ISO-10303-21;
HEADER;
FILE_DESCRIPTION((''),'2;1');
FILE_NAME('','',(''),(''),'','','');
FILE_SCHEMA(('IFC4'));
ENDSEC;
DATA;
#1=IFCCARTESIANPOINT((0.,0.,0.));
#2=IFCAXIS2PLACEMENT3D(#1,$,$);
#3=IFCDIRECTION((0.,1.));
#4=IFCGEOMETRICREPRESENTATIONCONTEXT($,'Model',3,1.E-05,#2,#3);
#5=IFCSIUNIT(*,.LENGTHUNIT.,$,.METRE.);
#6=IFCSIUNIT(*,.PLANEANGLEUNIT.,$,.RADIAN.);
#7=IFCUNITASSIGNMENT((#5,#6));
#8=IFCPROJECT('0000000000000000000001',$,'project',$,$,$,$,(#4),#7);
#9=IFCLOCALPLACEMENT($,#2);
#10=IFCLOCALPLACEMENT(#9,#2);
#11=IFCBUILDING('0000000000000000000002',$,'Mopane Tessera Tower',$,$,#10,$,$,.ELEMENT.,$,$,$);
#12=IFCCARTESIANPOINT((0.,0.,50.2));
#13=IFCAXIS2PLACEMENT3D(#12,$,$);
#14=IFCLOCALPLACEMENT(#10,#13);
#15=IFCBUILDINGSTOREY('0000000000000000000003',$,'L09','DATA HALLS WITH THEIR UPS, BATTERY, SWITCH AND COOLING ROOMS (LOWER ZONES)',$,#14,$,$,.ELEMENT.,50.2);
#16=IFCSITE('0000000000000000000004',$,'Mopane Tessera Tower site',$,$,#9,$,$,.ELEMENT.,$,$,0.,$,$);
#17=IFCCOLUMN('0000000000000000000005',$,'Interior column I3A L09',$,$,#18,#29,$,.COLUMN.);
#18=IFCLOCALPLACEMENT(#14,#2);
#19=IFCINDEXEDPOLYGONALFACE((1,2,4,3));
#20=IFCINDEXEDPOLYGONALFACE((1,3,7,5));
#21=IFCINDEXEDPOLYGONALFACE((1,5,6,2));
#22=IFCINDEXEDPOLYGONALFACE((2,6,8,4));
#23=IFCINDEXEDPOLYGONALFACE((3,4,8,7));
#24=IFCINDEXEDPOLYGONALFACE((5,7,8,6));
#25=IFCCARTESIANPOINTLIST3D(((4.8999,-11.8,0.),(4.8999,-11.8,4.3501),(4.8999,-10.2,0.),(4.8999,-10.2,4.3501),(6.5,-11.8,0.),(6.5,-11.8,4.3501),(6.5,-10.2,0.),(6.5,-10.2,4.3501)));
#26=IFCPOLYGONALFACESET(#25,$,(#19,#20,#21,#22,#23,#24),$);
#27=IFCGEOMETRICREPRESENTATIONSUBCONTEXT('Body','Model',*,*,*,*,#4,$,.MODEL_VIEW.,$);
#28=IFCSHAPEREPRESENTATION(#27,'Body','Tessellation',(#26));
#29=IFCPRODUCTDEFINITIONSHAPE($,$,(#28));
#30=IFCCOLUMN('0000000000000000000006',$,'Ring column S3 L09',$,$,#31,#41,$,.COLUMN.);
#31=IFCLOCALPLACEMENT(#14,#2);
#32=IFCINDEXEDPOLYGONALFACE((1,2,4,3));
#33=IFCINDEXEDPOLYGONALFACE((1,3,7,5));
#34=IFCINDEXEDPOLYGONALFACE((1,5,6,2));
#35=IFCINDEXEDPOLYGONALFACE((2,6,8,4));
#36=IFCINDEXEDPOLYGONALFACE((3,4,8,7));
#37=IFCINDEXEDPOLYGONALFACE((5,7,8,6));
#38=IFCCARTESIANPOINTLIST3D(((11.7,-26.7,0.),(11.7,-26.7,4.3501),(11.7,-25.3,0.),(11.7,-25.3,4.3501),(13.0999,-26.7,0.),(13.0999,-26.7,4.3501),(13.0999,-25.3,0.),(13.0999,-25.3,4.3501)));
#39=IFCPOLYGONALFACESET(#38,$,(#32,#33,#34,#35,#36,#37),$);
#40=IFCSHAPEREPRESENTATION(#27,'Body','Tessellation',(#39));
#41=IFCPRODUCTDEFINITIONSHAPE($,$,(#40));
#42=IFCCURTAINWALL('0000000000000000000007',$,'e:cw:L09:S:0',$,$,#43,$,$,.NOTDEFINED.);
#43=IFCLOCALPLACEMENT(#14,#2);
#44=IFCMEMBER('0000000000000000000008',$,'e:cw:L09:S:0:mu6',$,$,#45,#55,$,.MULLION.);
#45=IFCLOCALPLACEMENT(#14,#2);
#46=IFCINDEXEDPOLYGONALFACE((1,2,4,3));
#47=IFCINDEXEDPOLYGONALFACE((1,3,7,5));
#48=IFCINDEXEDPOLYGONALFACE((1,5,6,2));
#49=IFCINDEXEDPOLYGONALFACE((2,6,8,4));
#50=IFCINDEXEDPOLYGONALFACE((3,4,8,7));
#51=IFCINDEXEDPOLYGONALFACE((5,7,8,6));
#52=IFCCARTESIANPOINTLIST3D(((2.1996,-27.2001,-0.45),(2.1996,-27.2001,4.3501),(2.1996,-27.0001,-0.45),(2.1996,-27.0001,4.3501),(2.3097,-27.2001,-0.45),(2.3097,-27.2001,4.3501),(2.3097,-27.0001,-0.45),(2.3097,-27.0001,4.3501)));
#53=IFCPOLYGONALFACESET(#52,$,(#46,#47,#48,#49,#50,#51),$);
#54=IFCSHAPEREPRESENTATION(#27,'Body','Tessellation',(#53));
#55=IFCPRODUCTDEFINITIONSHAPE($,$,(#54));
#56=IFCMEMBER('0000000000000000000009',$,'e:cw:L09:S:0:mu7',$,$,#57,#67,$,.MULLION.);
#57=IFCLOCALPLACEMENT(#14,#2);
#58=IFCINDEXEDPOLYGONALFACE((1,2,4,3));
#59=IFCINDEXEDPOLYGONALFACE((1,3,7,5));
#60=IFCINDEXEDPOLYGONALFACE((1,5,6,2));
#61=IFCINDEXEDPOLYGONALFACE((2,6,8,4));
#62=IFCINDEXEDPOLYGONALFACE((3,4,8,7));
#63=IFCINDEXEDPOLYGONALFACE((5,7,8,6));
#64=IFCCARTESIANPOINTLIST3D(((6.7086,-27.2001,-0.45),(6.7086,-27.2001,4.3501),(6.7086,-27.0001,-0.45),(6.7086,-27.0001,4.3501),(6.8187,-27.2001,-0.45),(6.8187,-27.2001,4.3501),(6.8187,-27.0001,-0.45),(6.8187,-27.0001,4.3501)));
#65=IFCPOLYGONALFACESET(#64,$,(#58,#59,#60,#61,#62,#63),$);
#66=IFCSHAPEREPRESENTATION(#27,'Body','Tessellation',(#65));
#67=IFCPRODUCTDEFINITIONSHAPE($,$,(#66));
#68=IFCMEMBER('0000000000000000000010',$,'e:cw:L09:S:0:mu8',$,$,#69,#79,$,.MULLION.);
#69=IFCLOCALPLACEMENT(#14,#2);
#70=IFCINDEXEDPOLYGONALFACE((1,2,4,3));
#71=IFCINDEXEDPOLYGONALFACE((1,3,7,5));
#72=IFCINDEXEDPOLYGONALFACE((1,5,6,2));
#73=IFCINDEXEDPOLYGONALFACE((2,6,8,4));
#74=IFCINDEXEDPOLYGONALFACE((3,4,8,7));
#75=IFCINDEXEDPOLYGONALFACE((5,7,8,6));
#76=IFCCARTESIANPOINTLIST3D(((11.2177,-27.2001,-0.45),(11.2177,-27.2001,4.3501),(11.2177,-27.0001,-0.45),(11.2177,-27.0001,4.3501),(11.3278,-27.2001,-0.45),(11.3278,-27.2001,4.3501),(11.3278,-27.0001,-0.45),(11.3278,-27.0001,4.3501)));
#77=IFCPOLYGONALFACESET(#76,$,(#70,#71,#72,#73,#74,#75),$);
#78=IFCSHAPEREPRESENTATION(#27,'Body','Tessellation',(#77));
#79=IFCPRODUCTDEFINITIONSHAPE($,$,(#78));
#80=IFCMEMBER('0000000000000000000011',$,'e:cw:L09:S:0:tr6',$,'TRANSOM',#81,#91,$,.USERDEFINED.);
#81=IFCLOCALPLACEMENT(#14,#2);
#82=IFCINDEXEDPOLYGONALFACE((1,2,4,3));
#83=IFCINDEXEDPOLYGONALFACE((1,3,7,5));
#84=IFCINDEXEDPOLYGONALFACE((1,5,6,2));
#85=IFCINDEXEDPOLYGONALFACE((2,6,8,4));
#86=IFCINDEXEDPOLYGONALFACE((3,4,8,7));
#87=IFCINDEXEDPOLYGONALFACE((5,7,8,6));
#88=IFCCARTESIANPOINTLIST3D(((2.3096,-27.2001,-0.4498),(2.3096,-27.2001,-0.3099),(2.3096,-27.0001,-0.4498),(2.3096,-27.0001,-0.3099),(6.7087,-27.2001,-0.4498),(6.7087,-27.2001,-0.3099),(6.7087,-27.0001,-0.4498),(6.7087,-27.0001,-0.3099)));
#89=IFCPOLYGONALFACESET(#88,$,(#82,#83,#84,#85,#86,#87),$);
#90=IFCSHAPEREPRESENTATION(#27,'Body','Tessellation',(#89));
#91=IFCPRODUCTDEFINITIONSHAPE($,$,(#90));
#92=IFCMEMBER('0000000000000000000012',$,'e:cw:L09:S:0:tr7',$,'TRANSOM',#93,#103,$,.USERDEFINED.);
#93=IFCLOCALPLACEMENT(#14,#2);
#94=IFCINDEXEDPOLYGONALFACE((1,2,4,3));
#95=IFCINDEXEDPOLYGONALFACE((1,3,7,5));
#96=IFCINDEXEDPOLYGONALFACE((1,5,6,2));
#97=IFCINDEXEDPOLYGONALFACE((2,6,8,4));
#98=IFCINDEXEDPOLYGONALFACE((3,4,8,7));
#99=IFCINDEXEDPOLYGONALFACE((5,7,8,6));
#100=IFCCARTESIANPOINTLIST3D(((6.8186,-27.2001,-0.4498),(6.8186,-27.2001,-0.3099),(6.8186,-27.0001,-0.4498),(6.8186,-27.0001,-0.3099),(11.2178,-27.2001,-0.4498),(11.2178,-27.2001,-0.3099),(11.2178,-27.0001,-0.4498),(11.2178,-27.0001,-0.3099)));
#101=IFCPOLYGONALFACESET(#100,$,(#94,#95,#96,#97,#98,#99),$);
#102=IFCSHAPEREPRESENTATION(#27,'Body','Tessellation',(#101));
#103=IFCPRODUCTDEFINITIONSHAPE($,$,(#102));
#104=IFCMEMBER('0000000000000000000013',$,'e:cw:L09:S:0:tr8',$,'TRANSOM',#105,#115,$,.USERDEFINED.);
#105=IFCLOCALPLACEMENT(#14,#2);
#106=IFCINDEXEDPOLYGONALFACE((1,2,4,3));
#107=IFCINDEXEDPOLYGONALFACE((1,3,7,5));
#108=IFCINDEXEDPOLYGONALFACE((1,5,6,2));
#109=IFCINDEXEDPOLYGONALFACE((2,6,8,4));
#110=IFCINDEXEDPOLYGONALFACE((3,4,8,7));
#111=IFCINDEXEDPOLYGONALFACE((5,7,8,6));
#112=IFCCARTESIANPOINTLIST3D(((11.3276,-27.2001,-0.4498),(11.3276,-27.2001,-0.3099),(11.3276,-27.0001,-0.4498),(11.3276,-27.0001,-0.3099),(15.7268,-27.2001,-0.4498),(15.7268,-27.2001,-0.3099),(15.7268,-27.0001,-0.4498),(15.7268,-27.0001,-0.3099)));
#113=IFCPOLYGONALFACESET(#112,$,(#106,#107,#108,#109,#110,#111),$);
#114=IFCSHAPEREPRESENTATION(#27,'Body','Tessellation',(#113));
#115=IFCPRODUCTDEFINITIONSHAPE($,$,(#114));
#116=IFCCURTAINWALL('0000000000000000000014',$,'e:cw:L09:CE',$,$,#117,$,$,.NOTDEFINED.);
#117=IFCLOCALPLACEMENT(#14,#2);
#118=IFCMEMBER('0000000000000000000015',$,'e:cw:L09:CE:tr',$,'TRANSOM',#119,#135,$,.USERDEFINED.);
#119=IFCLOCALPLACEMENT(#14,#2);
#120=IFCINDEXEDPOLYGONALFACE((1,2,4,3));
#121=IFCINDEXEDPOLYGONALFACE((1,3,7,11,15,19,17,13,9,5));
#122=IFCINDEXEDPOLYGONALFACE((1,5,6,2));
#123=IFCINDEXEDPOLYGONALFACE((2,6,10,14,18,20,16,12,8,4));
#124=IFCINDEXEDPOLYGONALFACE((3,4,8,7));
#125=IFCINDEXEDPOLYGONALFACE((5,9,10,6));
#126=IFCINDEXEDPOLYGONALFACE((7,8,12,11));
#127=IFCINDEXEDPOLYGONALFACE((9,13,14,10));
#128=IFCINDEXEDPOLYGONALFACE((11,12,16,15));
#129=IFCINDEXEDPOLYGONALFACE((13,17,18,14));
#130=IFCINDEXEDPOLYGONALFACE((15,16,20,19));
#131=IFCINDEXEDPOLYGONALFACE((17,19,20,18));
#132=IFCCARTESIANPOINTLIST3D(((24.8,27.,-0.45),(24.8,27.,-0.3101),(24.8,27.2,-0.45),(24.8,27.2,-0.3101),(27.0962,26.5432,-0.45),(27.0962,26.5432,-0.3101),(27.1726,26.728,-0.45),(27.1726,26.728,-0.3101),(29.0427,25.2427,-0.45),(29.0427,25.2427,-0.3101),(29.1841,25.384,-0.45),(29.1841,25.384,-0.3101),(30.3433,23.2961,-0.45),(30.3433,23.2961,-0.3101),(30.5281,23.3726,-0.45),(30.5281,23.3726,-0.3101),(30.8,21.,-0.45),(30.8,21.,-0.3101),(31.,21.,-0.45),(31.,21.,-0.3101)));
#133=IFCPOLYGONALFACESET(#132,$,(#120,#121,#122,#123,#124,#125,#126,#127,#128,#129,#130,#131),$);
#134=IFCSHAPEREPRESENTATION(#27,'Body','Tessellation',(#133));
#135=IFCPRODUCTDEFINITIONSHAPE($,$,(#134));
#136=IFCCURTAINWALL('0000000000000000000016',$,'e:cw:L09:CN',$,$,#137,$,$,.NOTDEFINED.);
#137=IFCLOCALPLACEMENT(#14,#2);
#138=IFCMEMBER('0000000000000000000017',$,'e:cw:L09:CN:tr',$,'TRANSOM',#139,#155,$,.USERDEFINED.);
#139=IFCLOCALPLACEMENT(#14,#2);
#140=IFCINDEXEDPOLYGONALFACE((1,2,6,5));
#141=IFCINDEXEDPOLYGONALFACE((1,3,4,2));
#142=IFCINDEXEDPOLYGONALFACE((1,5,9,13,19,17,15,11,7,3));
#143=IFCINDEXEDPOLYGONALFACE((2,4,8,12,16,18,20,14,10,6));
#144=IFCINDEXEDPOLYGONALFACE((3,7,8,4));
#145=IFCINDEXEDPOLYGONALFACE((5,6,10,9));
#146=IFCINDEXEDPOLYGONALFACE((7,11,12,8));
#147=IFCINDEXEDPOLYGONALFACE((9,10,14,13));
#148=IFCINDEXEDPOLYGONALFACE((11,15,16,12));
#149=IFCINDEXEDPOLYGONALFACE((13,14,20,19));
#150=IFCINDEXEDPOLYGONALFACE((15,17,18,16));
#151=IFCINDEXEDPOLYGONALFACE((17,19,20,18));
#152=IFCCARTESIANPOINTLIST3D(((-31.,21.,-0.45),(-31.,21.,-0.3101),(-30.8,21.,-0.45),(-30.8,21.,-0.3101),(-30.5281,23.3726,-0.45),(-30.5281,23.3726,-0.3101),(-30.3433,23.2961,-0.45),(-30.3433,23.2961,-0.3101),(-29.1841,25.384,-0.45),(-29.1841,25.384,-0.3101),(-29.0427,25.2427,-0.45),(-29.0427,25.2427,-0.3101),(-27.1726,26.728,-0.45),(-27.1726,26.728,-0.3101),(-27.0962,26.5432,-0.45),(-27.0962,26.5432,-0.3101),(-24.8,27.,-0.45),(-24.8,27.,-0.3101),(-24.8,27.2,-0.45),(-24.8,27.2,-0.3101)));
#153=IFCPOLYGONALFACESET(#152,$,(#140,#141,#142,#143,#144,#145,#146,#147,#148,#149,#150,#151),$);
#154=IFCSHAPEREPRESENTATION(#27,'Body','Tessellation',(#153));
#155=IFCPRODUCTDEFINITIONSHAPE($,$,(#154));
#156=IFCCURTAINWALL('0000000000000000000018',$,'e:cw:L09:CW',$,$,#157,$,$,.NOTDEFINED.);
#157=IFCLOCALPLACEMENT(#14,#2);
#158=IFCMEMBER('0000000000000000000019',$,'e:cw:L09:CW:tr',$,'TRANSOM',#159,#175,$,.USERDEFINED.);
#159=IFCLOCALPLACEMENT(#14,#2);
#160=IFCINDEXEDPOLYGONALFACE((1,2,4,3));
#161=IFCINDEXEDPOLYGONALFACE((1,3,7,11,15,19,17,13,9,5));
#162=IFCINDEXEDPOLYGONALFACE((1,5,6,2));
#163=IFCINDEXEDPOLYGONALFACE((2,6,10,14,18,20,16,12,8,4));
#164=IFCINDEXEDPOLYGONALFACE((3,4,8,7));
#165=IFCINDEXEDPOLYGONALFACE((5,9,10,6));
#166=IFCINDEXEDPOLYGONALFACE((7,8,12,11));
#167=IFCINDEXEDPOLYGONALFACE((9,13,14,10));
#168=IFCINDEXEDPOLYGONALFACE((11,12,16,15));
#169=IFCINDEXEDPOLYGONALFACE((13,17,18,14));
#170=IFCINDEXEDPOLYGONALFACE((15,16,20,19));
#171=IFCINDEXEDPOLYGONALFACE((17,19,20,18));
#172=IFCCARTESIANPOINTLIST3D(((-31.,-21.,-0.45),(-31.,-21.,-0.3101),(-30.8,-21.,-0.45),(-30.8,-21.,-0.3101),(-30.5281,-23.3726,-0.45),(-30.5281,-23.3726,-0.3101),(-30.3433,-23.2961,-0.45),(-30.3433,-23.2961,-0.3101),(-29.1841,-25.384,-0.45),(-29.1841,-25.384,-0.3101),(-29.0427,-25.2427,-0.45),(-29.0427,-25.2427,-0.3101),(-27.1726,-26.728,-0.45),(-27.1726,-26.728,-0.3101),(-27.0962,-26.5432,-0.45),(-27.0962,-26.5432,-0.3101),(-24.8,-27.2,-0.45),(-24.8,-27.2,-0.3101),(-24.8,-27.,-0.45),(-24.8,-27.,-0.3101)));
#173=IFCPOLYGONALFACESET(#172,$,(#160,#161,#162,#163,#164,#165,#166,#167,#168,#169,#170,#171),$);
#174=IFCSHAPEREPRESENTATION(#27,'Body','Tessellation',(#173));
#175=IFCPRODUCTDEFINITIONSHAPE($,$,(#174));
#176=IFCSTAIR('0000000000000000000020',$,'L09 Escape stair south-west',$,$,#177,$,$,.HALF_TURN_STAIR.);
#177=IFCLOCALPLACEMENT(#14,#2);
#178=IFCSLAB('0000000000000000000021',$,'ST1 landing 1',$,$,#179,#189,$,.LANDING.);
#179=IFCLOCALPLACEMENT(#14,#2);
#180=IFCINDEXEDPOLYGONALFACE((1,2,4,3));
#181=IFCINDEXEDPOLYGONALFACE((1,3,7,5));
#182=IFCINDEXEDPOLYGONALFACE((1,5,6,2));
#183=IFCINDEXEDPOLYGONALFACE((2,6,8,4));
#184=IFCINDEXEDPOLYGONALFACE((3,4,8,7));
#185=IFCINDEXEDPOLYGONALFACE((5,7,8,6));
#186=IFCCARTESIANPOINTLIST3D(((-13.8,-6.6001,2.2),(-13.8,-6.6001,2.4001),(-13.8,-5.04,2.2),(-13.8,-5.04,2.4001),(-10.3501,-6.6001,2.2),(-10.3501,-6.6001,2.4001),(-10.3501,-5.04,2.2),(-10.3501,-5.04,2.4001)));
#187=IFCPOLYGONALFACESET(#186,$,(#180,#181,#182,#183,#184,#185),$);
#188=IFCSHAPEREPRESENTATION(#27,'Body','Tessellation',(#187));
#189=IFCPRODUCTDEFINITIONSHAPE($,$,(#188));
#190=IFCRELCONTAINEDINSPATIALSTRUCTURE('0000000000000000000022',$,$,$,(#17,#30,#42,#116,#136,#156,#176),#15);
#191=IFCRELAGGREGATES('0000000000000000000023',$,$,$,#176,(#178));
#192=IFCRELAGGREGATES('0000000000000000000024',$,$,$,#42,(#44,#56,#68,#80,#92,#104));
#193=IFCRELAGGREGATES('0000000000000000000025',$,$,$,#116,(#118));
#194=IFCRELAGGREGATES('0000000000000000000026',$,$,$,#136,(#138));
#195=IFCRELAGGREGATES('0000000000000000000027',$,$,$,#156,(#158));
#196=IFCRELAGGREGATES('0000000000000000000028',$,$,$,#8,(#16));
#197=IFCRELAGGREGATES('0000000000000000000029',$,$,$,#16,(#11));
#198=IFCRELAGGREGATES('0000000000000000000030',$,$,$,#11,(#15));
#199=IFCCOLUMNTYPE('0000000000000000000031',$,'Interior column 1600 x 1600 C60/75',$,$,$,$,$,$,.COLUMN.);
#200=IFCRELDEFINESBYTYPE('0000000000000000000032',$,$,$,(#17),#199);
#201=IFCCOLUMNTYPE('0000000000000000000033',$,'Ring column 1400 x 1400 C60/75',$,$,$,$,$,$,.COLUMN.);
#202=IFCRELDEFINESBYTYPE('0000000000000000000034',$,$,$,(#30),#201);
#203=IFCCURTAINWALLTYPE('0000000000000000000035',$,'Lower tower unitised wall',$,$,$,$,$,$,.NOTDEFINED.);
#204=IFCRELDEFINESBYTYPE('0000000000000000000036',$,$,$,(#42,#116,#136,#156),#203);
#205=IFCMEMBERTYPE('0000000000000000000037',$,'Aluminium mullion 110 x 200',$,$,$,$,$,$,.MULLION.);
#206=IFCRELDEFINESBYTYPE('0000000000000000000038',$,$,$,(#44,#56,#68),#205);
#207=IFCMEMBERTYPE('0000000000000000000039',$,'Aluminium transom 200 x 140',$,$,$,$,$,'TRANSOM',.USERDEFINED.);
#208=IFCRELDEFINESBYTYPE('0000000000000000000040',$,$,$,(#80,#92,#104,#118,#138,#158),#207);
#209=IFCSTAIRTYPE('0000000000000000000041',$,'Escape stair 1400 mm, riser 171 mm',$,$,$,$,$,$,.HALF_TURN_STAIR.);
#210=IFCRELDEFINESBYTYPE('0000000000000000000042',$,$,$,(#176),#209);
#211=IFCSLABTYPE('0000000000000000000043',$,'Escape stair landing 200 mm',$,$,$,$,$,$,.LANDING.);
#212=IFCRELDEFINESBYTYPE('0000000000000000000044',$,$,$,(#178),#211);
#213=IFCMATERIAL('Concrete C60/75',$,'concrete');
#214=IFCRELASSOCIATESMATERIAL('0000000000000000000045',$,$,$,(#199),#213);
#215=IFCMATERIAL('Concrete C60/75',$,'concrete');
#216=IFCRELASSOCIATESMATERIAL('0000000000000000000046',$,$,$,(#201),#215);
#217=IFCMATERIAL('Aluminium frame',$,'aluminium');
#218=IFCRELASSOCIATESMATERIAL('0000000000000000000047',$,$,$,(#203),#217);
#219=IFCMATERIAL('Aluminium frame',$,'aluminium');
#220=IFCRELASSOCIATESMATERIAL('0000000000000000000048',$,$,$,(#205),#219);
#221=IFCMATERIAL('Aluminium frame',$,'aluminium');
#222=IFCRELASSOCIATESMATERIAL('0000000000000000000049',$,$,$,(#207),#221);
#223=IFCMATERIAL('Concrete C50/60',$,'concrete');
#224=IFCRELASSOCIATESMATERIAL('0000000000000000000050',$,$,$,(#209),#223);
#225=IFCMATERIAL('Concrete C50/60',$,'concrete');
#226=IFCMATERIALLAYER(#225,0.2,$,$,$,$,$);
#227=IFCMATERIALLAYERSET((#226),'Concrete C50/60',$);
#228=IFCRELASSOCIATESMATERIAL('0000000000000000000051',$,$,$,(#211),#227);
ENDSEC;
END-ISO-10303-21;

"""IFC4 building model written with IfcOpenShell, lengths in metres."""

from ifc_helpers import new_model, si_unit, direction, frame, origin, origin_2d, place, context, subcontext, project, spatial, polyline, rectangle, outline, extrude, material, layer, layer_set, material_profile, profile_set, type_object, element, aggregate, save


model = new_model("IFC4")

# Units and contexts
model_context = context("Model", 3, precision=1e-05, world=origin(), true_north=direction((0.0, 1.0)))
body_context = subcontext(model_context, "Body", "Model", "MODEL_VIEW")
ifc_project = project(units=[si_unit("LENGTHUNIT", "METRE"), si_unit("PLANEANGLEUNIT", "RADIAN")], contexts=[model_context])

# Site, building, storey
site_placement = place(None, origin())
site = spatial("IfcSite", under=ifc_project, at=site_placement, Name="Mopane Tessera Tower site", CompositionType="ELEMENT", RefElevation=0.0)
building_placement = place(site_placement, origin())
building = spatial("IfcBuilding", under=site, at=building_placement, Name="Mopane Tessera Tower", CompositionType="ELEMENT")
storey_placement = place(building_placement, frame((0.0, 0.0, 50.2)))
storey = spatial("IfcBuildingStorey", under=building, at=storey_placement, Name="L09", Description="DATA HALLS WITH THEIR UPS, BATTERY, SWITCH AND COOLING ROOMS (LOWER ZONES)", CompositionType="ELEMENT", Elevation=50.2)

# Columns
ifc_material_1 = material(Name="Concrete C60/75", Category="concrete")
ifc_material_profile_1 = material_profile(ifc_material_1, rectangle(XDim=1.6001, YDim=1.6001, at=origin_2d()))
ifc_profile_set_1 = profile_set([ifc_material_profile_1], Name="Concrete C60/75")
column_type_1 = type_object("IfcColumnType", Name="Interior column 1600 x 1600 C60/75", PredefinedType="COLUMN", material=ifc_profile_set_1)
column_1_placement = place(storey_placement, frame((5.7, -11.0, 0.0), z_axis=(0.0, 0.0, 1.0), x_axis=(1.0, 0.0, 0.0)))
element("IfcColumn", 1, at=column_1_placement, inside=storey, type_object=column_type_1, Name="Interior column I3A L09", PredefinedType="COLUMN", context=body_context, shape_type="SweptSolid", body=[
    extrude(rectangle(XDim=1.6001, YDim=1.6001, at=origin_2d()), origin(), (0.0, 0.0, 1.0), 4.3501),
])
ifc_material_2 = material(Name="Concrete C60/75", Category="concrete")
ifc_material_profile_2 = material_profile(ifc_material_2, rectangle(XDim=1.3999, YDim=1.3999, at=origin_2d()))
ifc_profile_set_2 = profile_set([ifc_material_profile_2], Name="Concrete C60/75")
column_type_2 = type_object("IfcColumnType", Name="Ring column 1400 x 1400 C60/75", PredefinedType="COLUMN", material=ifc_profile_set_2)
column_2_placement = place(storey_placement, frame((12.3999, -26.0, 0.0), z_axis=(0.0, 0.0, 1.0), x_axis=(1.0, 0.0, 0.0)))
element("IfcColumn", 2, at=column_2_placement, inside=storey, type_object=column_type_2, Name="Ring column S3 L09", PredefinedType="COLUMN", context=body_context, shape_type="SweptSolid", body=[
    extrude(rectangle(XDim=1.3999, YDim=1.3999, at=origin_2d()), origin(), (0.0, 0.0, 1.0), 4.3501),
])

# Curtain wall, members
ifc_material_3 = material(Name="Aluminium frame", Category="aluminium")
curtain_wall_type = type_object("IfcCurtainWallType", Name="Lower tower unitised wall", PredefinedType="NOTDEFINED", material=ifc_material_3)
curtain_wall_1_placement = place(storey_placement, origin())
curtain_wall_1 = element("IfcCurtainWall", 3, at=curtain_wall_1_placement, inside=storey, type_object=curtain_wall_type, Name="e:cw:L09:S:0", PredefinedType="NOTDEFINED")
ifc_material_4 = material(Name="Aluminium frame", Category="aluminium")
ifc_material_profile_3 = material_profile(ifc_material_4, rectangle(XDim=0.1101, YDim=0.2, at=origin_2d()))
ifc_profile_set_3 = profile_set([ifc_material_profile_3], Name="Aluminium frame")
member_type_1 = type_object("IfcMemberType", Name="Aluminium mullion 110 x 200", PredefinedType="MULLION", material=ifc_profile_set_3)
member_1_placement = place(storey_placement, frame((2.2546, -27.1001, -0.45), z_axis=(0.0, 0.0, 1.0), x_axis=(1.0, 0.0, 0.0)))
member_1 = element("IfcMember", 4, at=member_1_placement, type_object=member_type_1, Name="e:cw:L09:S:0:mu6", PredefinedType="MULLION", context=body_context, shape_type="SweptSolid", body=[
    extrude(rectangle(XDim=0.1101, YDim=0.2, at=origin_2d()), origin(), (0.0, 0.0, 1.0), 4.8),
])
member_2_placement = place(storey_placement, frame((6.7637, -27.1001, -0.45), z_axis=(0.0, 0.0, 1.0), x_axis=(1.0, 0.0, 0.0)))
member_2 = element("IfcMember", 5, at=member_2_placement, type_object=member_type_1, Name="e:cw:L09:S:0:mu7", PredefinedType="MULLION", context=body_context, shape_type="SweptSolid", body=[
    extrude(rectangle(XDim=0.1101, YDim=0.2, at=origin_2d()), origin(), (0.0, 0.0, 1.0), 4.8),
])
member_3_placement = place(storey_placement, frame((11.2727, -27.1001, -0.45), z_axis=(0.0, 0.0, 1.0), x_axis=(1.0, 0.0, 0.0)))
member_3 = element("IfcMember", 6, at=member_3_placement, type_object=member_type_1, Name="e:cw:L09:S:0:mu8", PredefinedType="MULLION", context=body_context, shape_type="SweptSolid", body=[
    extrude(rectangle(XDim=0.1101, YDim=0.2, at=origin_2d()), origin(), (0.0, 0.0, 1.0), 4.8),
])
ifc_material_5 = material(Name="Aluminium frame", Category="aluminium")
ifc_material_profile_4 = material_profile(ifc_material_5, rectangle(XDim=0.2, YDim=0.1399, at=origin_2d()))
ifc_profile_set_4 = profile_set([ifc_material_profile_4], Name="Aluminium frame")
member_type_2 = type_object("IfcMemberType", Name="Aluminium transom 200 x 140", ElementType="TRANSOM", PredefinedType="USERDEFINED", material=ifc_profile_set_4)
member_4_placement = place(storey_placement, frame((2.3096, -27.1001, -0.3799), z_axis=(1.0, 0.0, 0.0), x_axis=(0.0, 1.0, 0.0)))
member_4 = element("IfcMember", 7, at=member_4_placement, type_object=member_type_2, Name="e:cw:L09:S:0:tr6", ObjectType="TRANSOM", PredefinedType="USERDEFINED", context=body_context, shape_type="SweptSolid", body=[
    extrude(rectangle(XDim=0.2, YDim=0.1399, at=origin_2d()), origin(), (0.0, 0.0, 1.0), 4.3992),
])
member_5_placement = place(storey_placement, frame((6.8186, -27.1001, -0.3799), z_axis=(1.0, 0.0, 0.0), x_axis=(0.0, 1.0, 0.0)))
member_5 = element("IfcMember", 8, at=member_5_placement, type_object=member_type_2, Name="e:cw:L09:S:0:tr7", ObjectType="TRANSOM", PredefinedType="USERDEFINED", context=body_context, shape_type="SweptSolid", body=[
    extrude(rectangle(XDim=0.2, YDim=0.1399, at=origin_2d()), origin(), (0.0, 0.0, 1.0), 4.3992),
])
member_6_placement = place(storey_placement, frame((11.3276, -27.1001, -0.3799), z_axis=(1.0, 0.0, 0.0), x_axis=(0.0, 1.0, 0.0)))
member_6 = element("IfcMember", 9, at=member_6_placement, type_object=member_type_2, Name="e:cw:L09:S:0:tr8", ObjectType="TRANSOM", PredefinedType="USERDEFINED", context=body_context, shape_type="SweptSolid", body=[
    extrude(rectangle(XDim=0.2, YDim=0.1399, at=origin_2d()), origin(), (0.0, 0.0, 1.0), 4.3992),
])

# Curtain walls, members
curtain_wall_2_placement = place(storey_placement, origin())
curtain_wall_2 = element("IfcCurtainWall", 10, at=curtain_wall_2_placement, inside=storey, type_object=curtain_wall_type, Name="e:cw:L09:CE", PredefinedType="NOTDEFINED")
member_7_placement = place(storey_placement, frame((0.0, 0.0, -0.45)))
member_7 = element("IfcMember", 11, at=member_7_placement, type_object=member_type_2, Name="e:cw:L09:CE:tr", ObjectType="TRANSOM", PredefinedType="USERDEFINED", context=body_context, shape_type="SweptSolid", body=[
    extrude(outline(polyline([(30.8, 21.0), (30.3433, 23.2961), (29.0427, 25.2427), (27.0962, 26.5432), (24.8, 27.0), (24.8, 27.2), (27.1726, 26.728), (29.1841, 25.384), (30.5281, 23.3726), (31.0, 21.0), (30.8, 21.0)])), origin(), (0.0, 0.0, 1.0), 0.1399),
])
curtain_wall_3_placement = place(storey_placement, origin())
curtain_wall_3 = element("IfcCurtainWall", 12, at=curtain_wall_3_placement, inside=storey, type_object=curtain_wall_type, Name="e:cw:L09:CN", PredefinedType="NOTDEFINED")
member_8_placement = place(storey_placement, frame((0.0, 0.0, -0.45)))
member_8 = element("IfcMember", 13, at=member_8_placement, type_object=member_type_2, Name="e:cw:L09:CN:tr", ObjectType="TRANSOM", PredefinedType="USERDEFINED", context=body_context, shape_type="SweptSolid", body=[
    extrude(outline(polyline([(-24.8, 27.0), (-27.0962, 26.5432), (-29.0427, 25.2427), (-30.3433, 23.2961), (-30.8, 21.0), (-31.0, 21.0), (-30.5281, 23.3726), (-29.1841, 25.384), (-27.1726, 26.728), (-24.8, 27.2), (-24.8, 27.0)])), origin(), (0.0, 0.0, 1.0), 0.1399),
])
curtain_wall_4_placement = place(storey_placement, origin())
curtain_wall_4 = element("IfcCurtainWall", 14, at=curtain_wall_4_placement, inside=storey, type_object=curtain_wall_type, Name="e:cw:L09:CW", PredefinedType="NOTDEFINED")
member_9_placement = place(storey_placement, frame((0.0, 0.0, -0.45)))
member_9 = element("IfcMember", 15, at=member_9_placement, type_object=member_type_2, Name="e:cw:L09:CW:tr", ObjectType="TRANSOM", PredefinedType="USERDEFINED", context=body_context, shape_type="SweptSolid", body=[
    extrude(outline(polyline([(-30.8, -21.0), (-30.3433, -23.2961), (-29.0427, -25.2427), (-27.0962, -26.5432), (-24.8, -27.0), (-24.8, -27.2), (-27.1726, -26.728), (-29.1841, -25.384), (-30.5281, -23.3726), (-31.0, -21.0), (-30.8, -21.0)])), origin(), (0.0, 0.0, 1.0), 0.1399),
])

# Stair, slab
ifc_material_6 = material(Name="Concrete C50/60", Category="concrete")
stair_type = type_object("IfcStairType", Name="Escape stair 1400 mm, riser 171 mm", PredefinedType="HALF_TURN_STAIR", material=ifc_material_6)
stair_1_placement = place(storey_placement, origin())
stair_1 = element("IfcStair", 16, at=stair_1_placement, inside=storey, type_object=stair_type, Name="L09 Escape stair south-west", PredefinedType="HALF_TURN_STAIR")
ifc_material_7 = material(Name="Concrete C50/60", Category="concrete")
ifc_layer_1 = layer(ifc_material_7, 0.2)
ifc_layer_set_1 = layer_set([ifc_layer_1], Name="Concrete C50/60")
slab_type = type_object("IfcSlabType", Name="Escape stair landing 200 mm", PredefinedType="LANDING", material=ifc_layer_set_1)
slab_1_placement = place(storey_placement, frame((0.0, 0.0, 2.2)))
slab_1 = element("IfcSlab", 17, at=slab_1_placement, type_object=slab_type, Name="ST1 landing 1", PredefinedType="LANDING", context=body_context, shape_type="SweptSolid", body=[
    extrude(outline(polyline([(-13.8, -5.04), (-13.8, -6.6001), (-10.3501, -6.6001), (-10.3501, -5.04), (-13.8, -5.04)])), origin(), (0.0, 0.0, 1.0), 0.2002),
])
aggregate(stair_1, [slab_1])

aggregate(curtain_wall_1, [member_1, member_2, member_3, member_4, member_5, member_6])
aggregate(curtain_wall_2, [member_7])
aggregate(curtain_wall_3, [member_8])
aggregate(curtain_wall_4, [member_9])

save(model, "model.ifc")
